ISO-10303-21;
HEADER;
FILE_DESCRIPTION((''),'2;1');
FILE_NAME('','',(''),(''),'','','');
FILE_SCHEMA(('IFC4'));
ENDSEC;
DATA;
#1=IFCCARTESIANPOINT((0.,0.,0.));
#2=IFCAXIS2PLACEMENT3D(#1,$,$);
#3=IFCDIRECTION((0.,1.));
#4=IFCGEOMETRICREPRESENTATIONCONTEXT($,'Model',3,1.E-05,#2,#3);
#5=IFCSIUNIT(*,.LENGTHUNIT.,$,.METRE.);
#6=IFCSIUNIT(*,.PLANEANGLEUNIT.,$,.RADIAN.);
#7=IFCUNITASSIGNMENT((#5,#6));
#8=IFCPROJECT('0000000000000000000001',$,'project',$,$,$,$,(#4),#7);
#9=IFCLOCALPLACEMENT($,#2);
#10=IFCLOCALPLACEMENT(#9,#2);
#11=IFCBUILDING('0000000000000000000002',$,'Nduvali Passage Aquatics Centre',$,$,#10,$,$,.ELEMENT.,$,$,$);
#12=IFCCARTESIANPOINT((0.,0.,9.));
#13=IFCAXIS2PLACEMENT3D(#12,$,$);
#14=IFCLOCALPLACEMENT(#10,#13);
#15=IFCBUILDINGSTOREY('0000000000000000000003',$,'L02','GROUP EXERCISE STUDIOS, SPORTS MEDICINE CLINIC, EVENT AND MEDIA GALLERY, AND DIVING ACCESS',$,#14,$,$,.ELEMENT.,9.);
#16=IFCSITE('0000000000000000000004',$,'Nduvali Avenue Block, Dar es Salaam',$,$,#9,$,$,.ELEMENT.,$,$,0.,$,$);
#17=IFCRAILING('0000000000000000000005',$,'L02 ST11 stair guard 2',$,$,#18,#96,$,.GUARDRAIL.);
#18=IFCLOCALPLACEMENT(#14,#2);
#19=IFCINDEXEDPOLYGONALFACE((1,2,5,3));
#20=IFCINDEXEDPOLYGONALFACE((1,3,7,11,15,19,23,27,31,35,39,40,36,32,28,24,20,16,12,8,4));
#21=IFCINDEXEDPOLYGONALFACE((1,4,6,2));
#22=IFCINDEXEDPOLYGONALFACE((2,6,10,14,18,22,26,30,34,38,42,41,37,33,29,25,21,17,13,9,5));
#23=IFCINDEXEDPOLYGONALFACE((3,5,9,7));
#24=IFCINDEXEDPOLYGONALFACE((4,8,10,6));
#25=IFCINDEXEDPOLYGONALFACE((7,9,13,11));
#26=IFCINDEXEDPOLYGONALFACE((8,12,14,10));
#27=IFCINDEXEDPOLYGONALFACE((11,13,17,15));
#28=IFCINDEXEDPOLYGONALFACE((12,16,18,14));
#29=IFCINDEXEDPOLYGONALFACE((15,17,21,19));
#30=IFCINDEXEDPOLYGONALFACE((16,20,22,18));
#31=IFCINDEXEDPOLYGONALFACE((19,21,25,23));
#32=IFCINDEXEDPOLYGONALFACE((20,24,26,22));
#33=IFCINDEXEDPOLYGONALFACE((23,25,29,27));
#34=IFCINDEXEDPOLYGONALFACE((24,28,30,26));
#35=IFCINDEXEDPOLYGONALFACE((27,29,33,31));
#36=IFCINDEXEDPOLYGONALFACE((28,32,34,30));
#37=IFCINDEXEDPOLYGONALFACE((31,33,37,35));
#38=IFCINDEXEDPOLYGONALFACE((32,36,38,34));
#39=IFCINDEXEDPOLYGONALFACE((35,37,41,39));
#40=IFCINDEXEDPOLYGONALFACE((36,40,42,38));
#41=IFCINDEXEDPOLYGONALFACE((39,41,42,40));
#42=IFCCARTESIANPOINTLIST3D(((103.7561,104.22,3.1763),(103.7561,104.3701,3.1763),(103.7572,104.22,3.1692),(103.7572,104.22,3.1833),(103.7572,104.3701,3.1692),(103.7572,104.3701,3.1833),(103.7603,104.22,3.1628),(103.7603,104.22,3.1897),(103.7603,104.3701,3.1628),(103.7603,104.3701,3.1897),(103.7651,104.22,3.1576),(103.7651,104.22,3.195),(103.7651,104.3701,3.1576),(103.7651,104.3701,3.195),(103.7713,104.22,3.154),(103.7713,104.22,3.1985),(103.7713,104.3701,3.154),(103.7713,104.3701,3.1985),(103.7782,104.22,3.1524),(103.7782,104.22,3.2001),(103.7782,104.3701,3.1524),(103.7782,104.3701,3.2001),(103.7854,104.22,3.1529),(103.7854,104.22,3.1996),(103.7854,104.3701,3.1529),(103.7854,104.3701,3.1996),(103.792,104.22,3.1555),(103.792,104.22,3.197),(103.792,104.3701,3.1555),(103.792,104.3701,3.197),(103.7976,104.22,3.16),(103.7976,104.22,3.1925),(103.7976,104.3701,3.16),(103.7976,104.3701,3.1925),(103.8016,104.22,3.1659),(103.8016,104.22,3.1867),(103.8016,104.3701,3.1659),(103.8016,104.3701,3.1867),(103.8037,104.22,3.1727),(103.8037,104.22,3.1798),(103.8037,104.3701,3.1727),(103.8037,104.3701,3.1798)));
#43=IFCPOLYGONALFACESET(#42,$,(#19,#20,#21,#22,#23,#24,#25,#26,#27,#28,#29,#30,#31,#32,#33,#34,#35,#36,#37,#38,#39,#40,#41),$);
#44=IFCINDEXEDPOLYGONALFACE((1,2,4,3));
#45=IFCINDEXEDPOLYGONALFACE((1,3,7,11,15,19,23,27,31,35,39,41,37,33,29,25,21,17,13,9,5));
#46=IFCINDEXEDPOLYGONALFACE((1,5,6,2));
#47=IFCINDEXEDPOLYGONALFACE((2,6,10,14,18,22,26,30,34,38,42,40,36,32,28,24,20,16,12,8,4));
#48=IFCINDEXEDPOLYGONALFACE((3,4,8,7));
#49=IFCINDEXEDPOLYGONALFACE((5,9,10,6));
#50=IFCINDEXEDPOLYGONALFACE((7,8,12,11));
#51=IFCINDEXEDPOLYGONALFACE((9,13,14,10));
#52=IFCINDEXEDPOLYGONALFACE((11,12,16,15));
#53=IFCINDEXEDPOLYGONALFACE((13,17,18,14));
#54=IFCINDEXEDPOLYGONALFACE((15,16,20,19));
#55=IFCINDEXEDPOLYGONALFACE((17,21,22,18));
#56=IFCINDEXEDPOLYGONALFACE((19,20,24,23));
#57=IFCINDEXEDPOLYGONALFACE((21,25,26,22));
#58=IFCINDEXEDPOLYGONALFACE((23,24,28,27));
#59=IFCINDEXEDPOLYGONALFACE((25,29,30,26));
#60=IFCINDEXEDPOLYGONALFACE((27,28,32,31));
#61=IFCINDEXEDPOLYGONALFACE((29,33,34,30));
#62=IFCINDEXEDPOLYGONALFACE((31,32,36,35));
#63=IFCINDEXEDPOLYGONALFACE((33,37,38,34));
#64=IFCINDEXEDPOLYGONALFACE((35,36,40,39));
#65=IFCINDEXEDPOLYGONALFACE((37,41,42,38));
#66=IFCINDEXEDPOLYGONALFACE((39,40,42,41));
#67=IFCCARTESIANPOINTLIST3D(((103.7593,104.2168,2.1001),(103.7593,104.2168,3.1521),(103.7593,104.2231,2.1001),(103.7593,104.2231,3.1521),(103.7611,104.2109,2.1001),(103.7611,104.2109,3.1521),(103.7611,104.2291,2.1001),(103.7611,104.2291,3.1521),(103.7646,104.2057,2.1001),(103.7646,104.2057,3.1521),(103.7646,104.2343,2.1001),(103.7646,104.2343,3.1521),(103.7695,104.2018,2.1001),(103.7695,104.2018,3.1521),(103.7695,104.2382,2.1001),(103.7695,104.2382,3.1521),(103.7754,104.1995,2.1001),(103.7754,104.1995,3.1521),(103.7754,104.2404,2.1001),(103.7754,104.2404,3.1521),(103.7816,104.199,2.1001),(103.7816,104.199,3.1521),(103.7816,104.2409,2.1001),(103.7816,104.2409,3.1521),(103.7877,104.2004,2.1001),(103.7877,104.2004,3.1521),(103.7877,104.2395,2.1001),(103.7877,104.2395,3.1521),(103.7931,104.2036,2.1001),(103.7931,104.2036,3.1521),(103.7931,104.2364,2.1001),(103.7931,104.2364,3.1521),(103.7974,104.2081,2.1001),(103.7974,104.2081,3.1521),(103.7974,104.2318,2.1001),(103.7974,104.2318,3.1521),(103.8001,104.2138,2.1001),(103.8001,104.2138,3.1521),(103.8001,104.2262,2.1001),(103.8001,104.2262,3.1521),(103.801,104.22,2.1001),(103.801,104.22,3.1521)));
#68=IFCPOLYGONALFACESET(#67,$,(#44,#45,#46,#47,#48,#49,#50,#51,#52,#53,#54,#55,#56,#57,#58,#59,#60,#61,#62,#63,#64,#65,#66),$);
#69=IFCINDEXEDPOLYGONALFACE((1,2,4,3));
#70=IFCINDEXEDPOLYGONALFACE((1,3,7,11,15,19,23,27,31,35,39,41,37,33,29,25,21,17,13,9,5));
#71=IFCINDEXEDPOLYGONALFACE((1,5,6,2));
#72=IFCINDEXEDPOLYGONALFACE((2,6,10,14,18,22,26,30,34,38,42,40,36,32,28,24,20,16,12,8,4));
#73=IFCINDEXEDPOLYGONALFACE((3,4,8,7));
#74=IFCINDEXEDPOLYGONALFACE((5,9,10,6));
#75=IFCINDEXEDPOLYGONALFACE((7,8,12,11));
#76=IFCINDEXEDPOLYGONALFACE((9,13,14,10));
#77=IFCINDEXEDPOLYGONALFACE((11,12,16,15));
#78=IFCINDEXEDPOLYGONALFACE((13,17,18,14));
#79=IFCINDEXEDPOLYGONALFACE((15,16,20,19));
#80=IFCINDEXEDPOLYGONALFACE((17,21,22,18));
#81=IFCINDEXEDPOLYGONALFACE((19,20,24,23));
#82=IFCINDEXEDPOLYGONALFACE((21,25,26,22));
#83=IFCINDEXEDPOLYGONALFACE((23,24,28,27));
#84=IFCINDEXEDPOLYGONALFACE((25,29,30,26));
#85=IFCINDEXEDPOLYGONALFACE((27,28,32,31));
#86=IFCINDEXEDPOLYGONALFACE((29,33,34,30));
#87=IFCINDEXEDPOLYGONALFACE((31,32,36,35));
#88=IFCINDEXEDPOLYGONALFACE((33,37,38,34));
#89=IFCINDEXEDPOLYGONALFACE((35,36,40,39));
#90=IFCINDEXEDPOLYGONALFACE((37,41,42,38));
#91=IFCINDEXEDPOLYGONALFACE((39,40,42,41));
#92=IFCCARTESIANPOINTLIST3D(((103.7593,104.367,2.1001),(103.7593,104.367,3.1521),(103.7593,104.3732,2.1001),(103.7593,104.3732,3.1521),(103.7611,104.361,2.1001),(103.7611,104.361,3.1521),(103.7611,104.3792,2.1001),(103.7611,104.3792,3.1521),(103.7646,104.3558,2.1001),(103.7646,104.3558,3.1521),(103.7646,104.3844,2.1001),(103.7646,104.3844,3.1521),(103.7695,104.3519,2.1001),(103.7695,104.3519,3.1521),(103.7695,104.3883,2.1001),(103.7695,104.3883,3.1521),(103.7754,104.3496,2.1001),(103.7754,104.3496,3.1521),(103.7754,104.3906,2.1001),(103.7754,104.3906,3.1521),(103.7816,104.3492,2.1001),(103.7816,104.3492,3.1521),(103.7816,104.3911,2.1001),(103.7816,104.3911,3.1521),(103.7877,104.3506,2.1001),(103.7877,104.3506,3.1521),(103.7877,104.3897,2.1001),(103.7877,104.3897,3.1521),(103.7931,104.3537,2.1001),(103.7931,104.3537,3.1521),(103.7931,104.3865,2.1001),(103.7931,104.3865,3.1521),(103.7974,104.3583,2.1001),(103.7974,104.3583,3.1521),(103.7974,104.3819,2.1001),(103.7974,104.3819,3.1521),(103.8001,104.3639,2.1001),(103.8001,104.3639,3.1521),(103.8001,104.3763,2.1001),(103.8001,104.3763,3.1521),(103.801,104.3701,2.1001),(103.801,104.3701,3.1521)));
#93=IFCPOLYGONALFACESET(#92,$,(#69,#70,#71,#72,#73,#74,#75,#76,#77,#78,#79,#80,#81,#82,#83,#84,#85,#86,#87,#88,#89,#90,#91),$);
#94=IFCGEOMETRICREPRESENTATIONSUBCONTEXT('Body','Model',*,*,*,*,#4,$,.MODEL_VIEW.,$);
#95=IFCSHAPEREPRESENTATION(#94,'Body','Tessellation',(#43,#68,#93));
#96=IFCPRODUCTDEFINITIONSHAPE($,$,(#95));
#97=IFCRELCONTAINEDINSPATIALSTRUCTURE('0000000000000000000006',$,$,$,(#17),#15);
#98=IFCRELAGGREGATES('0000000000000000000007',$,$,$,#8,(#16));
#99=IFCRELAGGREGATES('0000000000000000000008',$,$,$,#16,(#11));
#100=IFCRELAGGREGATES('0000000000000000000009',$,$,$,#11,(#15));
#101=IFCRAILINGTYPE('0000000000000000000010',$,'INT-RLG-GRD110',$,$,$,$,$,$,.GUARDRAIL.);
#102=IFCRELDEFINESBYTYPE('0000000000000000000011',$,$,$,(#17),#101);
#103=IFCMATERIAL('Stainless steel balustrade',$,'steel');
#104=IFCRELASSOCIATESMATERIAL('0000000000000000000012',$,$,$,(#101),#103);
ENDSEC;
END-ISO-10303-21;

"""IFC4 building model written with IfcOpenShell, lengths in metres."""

from ifc_helpers import new_model, si_unit, direction, frame, origin, origin_2d, place, context, subcontext, project, spatial, circle, extrude, material, type_object, element, save


model = new_model("IFC4")

# Units and contexts
model_context = context("Model", 3, precision=1e-05, world=origin(), true_north=direction((0.0, 1.0)))
body_context = subcontext(model_context, "Body", "Model", "MODEL_VIEW")
ifc_project = project(units=[si_unit("LENGTHUNIT", "METRE"), si_unit("PLANEANGLEUNIT", "RADIAN")], contexts=[model_context])

# Site, building, storey
site_placement = place(None, origin())
site = spatial("IfcSite", under=ifc_project, at=site_placement, Name="Nduvali Avenue Block, Dar es Salaam", CompositionType="ELEMENT", RefElevation=0.0)
building_placement = place(site_placement, origin())
building = spatial("IfcBuilding", under=site, at=building_placement, Name="Nduvali Passage Aquatics Centre", CompositionType="ELEMENT")
storey_placement = place(building_placement, frame((0.0, 0.0, 9.0)))
storey = spatial("IfcBuildingStorey", under=building, at=storey_placement, Name="L02", Description="GROUP EXERCISE STUDIOS, SPORTS MEDICINE CLINIC, EVENT AND MEDIA GALLERY, AND DIVING ACCESS", CompositionType="ELEMENT", Elevation=9.0)

# Railing
ifc_material_1 = material(Name="Stainless steel balustrade", Category="steel")
railing_type_1 = type_object("IfcRailingType", Name="INT-RLG-GRD110", PredefinedType="GUARDRAIL", material=ifc_material_1)
railing_1_placement = place(storey_placement, frame((103.78, 104.22, 2.1001)))
element("IfcRailing", 1, at=railing_1_placement, inside=storey, type_object=railing_type_1, Name="L02 ST11 stair guard 2", PredefinedType="GUARDRAIL", context=body_context, shape_type="SweptSolid", body=[
    extrude(circle(Radius=0.0239, at=origin_2d()), frame((0.0, 0.0, 1.0762), z_axis=(0.0, 1.0, 0.0), x_axis=(-1.0, 0.0, 0.0)), (0.0, 0.0, 1.0), 0.1501),
    extrude(circle(Radius=0.021, at=origin_2d()), origin(), (0.0, 0.0, 1.0), 1.052),
    extrude(circle(Radius=0.021, at=origin_2d()), frame((0.0, 0.1501, 0.0)), (0.0, 0.0, 1.0), 1.052),
])

save(model, "model.ifc")
